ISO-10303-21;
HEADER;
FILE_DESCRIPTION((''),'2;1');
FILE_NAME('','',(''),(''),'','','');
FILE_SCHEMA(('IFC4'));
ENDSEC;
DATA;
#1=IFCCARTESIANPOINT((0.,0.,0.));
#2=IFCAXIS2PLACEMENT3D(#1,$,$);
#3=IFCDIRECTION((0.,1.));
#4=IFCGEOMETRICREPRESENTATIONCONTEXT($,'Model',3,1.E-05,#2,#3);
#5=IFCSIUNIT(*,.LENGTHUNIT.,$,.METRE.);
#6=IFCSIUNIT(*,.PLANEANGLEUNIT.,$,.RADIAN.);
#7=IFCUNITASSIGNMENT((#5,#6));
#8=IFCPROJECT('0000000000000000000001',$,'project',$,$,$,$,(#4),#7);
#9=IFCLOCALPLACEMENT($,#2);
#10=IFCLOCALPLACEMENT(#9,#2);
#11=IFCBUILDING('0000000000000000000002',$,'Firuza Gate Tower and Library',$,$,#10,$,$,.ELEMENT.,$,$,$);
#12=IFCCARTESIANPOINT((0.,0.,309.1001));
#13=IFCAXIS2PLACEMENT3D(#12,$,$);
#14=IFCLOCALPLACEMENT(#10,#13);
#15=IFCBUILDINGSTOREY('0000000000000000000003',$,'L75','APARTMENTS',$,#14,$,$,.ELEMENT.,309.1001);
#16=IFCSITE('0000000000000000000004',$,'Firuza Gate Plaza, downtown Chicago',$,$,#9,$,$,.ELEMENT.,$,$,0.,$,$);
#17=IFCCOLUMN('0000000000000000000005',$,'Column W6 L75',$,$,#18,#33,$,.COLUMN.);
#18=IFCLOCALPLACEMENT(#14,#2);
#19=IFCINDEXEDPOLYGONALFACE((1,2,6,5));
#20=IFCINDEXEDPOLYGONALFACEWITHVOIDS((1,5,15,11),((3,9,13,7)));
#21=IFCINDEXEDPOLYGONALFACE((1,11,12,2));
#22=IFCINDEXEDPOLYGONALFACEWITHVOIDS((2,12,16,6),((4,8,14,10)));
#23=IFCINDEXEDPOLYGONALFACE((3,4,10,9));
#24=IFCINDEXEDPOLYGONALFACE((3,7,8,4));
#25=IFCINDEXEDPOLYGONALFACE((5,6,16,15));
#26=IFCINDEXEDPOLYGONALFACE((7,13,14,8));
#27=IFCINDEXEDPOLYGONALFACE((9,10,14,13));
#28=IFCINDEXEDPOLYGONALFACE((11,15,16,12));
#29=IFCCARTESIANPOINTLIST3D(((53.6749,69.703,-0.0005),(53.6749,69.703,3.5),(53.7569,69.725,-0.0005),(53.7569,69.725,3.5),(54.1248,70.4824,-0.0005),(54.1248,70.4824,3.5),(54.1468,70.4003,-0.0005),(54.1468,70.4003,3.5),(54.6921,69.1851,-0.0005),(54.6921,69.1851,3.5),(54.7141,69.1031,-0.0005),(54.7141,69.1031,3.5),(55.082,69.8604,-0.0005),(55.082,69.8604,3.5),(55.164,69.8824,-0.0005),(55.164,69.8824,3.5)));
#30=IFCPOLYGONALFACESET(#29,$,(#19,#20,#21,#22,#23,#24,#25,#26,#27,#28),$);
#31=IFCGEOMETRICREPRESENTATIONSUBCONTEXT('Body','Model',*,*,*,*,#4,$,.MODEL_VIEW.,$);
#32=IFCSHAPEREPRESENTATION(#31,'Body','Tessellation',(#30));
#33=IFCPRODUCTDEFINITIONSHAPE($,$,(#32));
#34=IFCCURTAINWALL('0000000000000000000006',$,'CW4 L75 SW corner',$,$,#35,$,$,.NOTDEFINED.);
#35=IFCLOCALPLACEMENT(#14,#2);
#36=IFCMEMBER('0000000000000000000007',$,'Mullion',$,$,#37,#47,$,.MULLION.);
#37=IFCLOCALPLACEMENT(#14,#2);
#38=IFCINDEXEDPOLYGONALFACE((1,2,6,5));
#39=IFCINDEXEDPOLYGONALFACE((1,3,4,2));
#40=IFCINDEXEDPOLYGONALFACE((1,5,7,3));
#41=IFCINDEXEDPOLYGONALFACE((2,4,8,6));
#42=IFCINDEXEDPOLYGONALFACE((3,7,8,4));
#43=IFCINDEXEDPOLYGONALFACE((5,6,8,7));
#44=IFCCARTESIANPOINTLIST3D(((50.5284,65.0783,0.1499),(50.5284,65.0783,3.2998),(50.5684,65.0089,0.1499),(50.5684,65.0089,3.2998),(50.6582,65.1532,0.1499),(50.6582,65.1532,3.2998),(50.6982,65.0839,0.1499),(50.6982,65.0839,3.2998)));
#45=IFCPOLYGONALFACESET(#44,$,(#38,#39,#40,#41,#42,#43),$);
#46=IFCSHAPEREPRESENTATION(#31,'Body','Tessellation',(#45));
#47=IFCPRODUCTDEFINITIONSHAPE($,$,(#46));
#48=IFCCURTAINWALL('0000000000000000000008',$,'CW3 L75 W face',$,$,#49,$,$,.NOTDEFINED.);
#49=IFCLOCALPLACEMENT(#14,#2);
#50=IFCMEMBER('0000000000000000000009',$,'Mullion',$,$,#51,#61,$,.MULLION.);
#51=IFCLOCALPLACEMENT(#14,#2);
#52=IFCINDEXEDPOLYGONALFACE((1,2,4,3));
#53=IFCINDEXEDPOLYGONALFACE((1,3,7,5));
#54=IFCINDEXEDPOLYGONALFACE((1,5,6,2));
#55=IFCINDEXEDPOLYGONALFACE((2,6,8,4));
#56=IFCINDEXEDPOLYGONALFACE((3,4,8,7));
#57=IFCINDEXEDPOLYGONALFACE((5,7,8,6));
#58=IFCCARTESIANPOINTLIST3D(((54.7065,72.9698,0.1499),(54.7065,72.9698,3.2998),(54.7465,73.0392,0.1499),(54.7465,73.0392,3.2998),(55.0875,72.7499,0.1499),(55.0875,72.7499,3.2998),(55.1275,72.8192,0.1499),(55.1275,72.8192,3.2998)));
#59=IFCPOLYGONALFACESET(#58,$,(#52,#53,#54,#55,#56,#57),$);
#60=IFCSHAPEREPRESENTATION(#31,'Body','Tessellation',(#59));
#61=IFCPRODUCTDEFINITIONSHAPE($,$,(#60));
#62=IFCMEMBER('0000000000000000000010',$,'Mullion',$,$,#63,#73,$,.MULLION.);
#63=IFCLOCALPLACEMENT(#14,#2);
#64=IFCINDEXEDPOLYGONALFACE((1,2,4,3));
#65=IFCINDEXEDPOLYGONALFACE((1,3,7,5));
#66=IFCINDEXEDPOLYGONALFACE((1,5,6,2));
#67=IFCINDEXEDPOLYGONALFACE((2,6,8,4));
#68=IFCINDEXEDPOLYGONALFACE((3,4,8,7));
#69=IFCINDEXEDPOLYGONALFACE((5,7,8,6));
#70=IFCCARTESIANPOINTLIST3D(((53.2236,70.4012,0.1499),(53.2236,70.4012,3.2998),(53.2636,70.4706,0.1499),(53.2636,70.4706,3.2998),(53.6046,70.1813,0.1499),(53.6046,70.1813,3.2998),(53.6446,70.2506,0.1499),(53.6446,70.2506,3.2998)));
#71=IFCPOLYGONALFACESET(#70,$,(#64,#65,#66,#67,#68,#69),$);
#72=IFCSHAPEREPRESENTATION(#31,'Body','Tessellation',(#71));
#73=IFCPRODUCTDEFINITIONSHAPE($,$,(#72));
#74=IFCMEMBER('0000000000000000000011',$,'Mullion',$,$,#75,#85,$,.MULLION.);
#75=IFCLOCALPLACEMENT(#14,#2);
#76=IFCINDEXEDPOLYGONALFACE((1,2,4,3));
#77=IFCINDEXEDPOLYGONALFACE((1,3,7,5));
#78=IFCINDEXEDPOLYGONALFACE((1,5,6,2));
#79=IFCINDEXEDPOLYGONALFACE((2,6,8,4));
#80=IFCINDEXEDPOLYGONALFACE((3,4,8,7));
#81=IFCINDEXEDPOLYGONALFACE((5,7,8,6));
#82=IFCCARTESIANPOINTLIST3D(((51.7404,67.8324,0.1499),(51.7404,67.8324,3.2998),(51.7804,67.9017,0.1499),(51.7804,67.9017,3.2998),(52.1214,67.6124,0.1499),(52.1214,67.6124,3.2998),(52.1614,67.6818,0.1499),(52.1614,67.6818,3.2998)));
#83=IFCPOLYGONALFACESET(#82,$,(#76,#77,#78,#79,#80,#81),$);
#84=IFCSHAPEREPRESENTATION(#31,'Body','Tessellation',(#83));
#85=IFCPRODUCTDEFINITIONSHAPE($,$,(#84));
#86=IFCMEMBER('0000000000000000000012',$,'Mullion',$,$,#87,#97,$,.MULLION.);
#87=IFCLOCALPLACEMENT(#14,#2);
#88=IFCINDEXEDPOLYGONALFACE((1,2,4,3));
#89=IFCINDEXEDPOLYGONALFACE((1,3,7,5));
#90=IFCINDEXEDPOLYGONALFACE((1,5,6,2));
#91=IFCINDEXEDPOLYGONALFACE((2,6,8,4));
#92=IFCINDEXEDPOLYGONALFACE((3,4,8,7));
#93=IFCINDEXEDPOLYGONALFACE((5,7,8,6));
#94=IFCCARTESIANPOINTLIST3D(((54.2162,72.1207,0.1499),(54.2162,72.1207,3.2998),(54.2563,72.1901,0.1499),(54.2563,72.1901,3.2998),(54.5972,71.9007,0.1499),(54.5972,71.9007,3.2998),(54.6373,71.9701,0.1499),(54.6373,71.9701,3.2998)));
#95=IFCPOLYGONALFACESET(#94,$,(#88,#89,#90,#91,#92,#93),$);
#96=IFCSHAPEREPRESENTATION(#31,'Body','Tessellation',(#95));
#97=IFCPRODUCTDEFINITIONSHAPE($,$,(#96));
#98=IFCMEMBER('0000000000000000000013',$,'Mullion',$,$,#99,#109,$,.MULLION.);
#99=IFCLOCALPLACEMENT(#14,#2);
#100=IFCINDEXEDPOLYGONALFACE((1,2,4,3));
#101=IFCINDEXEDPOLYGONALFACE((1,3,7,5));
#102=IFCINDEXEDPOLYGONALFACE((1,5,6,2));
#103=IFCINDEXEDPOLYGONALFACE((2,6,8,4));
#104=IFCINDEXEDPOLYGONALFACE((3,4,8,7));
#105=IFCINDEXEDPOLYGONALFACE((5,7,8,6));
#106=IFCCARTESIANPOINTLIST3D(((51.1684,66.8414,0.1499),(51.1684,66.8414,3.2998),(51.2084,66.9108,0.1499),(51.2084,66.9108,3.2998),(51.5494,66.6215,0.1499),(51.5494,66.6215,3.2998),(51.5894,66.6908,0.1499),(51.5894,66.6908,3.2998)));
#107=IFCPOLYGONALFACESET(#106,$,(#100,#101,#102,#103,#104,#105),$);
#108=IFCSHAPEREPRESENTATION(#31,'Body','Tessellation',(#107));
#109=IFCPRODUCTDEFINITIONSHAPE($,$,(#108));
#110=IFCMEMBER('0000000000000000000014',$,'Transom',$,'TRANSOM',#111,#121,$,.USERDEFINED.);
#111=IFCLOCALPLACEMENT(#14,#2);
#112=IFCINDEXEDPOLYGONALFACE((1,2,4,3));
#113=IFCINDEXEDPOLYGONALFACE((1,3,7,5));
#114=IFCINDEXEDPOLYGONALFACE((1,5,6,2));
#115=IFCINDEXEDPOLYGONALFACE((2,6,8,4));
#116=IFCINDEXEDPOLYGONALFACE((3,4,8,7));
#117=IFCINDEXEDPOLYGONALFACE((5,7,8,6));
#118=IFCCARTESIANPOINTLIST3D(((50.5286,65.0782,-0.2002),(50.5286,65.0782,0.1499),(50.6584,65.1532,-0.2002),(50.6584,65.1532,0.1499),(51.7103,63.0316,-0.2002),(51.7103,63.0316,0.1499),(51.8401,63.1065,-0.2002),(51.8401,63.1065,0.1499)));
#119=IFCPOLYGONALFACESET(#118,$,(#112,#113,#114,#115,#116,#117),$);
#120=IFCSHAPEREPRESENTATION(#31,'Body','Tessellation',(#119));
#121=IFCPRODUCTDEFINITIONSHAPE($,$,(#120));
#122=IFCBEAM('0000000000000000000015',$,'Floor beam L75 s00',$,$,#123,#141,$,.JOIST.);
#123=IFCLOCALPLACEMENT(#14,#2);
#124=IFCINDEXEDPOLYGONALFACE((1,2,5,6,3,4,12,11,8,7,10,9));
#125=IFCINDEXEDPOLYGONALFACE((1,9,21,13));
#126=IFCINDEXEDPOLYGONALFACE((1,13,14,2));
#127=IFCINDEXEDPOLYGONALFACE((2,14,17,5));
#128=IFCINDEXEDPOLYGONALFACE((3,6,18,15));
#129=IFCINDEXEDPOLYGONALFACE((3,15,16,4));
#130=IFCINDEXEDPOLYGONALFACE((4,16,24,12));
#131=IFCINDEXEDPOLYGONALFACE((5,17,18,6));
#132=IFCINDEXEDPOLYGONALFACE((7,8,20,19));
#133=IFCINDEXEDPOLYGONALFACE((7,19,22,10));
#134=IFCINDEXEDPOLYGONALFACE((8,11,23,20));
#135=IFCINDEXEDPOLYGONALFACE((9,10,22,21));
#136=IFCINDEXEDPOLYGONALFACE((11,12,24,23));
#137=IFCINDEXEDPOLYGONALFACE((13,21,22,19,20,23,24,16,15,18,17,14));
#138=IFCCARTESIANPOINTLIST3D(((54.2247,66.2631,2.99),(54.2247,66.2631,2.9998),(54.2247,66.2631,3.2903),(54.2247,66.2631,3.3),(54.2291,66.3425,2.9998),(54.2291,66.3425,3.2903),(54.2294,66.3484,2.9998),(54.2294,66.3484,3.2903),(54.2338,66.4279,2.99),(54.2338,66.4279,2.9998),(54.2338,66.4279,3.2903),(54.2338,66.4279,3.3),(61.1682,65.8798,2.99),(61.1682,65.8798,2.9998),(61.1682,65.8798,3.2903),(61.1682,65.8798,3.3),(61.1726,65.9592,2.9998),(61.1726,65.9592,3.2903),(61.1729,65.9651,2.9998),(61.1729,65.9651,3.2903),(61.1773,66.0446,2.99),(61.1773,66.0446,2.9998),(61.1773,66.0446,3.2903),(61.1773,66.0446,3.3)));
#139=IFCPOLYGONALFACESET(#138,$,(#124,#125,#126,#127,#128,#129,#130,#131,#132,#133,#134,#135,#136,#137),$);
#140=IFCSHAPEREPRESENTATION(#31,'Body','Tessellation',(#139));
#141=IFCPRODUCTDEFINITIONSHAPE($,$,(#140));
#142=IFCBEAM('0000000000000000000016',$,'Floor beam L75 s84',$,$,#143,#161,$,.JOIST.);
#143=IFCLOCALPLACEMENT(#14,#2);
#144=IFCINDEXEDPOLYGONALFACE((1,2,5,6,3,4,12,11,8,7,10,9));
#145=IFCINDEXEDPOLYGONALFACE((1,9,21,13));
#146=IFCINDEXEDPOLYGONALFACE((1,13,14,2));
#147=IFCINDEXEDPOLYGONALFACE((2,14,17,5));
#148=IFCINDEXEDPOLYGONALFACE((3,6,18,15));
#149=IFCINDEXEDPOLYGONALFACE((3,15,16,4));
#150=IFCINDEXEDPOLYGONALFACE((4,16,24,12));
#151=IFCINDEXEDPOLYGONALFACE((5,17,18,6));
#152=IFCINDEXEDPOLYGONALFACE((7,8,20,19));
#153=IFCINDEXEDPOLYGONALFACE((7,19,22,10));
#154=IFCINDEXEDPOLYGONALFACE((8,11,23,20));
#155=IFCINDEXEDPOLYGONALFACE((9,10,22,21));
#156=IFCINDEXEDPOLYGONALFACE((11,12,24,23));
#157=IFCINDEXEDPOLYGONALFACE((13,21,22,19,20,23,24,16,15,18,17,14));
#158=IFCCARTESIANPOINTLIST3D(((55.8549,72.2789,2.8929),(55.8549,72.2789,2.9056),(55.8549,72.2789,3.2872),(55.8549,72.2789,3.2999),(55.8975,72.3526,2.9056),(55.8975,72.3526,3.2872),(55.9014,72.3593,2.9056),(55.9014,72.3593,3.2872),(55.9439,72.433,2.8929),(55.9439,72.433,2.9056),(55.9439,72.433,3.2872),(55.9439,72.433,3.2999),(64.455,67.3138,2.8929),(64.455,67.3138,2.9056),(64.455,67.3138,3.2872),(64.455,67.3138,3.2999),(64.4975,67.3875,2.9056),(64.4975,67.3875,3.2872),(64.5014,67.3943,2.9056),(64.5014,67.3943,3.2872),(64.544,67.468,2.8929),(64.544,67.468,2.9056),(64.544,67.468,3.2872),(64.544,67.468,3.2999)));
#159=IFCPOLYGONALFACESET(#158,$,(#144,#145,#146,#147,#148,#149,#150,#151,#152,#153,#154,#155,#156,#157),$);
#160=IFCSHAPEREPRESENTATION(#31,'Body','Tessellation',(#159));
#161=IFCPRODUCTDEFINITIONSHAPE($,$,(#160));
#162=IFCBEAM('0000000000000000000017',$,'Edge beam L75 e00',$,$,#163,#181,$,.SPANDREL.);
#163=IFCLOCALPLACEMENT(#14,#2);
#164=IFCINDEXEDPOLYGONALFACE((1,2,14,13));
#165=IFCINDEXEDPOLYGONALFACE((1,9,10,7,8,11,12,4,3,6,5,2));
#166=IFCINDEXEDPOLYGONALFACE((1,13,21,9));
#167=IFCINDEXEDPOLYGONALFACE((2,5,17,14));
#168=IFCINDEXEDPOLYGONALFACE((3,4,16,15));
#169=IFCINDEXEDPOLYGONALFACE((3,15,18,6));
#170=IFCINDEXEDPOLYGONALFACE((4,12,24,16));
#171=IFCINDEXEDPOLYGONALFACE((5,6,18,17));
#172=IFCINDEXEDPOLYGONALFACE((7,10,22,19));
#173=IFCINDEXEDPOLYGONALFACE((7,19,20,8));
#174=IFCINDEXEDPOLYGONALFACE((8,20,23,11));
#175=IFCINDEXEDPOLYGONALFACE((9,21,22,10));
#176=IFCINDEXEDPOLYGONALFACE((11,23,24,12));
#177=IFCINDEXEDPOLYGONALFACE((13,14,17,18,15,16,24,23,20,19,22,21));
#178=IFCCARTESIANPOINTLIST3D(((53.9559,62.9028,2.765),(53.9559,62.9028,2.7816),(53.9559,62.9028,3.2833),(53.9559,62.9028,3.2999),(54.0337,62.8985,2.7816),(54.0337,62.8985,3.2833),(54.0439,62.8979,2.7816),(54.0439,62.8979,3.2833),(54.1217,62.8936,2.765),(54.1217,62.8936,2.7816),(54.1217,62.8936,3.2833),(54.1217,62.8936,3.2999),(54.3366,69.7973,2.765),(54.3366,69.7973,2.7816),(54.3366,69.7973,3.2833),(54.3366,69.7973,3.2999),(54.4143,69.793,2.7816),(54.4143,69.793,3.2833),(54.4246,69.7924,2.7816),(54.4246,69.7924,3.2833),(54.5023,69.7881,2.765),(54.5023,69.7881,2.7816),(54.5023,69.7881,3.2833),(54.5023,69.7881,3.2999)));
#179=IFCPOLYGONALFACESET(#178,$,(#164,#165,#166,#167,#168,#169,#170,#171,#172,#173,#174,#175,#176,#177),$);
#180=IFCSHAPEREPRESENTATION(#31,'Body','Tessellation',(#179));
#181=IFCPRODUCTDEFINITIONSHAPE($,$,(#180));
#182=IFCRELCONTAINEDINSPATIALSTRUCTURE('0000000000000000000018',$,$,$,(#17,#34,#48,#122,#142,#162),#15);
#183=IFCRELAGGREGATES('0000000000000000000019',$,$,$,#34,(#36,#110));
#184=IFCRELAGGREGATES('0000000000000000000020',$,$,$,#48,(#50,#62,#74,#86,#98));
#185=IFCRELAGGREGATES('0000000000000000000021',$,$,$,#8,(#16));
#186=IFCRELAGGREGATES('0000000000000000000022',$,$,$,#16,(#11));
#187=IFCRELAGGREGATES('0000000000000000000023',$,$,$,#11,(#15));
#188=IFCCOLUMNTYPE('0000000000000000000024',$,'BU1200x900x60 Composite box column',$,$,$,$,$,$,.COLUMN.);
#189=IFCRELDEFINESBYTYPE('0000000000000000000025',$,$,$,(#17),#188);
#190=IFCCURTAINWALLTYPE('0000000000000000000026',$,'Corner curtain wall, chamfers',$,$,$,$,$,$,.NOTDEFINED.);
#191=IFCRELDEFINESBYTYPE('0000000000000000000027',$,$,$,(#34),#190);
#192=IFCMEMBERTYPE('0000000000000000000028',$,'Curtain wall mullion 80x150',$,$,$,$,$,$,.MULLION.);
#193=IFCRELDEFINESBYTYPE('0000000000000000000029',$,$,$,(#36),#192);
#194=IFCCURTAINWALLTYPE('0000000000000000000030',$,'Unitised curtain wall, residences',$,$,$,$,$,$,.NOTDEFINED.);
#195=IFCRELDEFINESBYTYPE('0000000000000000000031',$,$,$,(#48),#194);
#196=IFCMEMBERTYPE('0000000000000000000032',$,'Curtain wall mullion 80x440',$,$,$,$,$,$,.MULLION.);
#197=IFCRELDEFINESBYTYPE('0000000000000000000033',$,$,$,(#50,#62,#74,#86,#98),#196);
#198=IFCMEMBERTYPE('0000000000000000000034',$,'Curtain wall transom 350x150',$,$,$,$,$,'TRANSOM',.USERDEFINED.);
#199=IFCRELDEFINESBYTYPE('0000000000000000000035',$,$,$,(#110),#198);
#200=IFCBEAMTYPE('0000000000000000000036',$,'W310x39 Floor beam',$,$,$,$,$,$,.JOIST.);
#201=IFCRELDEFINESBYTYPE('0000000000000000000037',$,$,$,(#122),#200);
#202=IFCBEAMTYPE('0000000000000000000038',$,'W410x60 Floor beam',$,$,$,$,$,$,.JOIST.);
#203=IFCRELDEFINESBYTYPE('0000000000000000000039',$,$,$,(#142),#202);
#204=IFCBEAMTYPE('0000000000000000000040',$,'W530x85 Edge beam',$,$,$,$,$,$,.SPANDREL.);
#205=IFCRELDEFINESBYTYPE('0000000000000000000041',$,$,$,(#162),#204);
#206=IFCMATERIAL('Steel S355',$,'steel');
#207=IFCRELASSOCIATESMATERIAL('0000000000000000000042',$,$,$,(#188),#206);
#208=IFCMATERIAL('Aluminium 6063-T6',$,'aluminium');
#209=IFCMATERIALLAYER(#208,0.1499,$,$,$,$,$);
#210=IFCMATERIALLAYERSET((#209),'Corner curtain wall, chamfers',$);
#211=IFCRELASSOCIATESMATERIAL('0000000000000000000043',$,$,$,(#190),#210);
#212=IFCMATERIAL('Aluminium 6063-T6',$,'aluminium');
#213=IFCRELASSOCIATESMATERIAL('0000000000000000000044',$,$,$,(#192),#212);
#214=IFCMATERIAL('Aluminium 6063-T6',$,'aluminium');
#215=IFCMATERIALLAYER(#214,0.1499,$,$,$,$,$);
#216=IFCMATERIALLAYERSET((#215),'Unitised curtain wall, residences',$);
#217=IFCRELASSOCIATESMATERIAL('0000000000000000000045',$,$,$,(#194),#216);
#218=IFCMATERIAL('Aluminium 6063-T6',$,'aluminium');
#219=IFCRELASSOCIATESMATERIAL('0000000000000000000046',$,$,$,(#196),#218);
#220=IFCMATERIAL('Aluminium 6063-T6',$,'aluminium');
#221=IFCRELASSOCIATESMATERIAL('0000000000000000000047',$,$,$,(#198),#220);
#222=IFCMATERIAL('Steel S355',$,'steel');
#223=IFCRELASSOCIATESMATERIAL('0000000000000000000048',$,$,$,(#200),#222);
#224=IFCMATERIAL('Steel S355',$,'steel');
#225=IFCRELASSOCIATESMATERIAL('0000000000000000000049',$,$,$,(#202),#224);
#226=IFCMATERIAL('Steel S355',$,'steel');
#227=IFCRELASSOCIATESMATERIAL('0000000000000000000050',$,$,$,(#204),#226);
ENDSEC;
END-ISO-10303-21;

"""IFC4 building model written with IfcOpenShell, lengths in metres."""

from ifc_helpers import new_model, si_unit, direction, frame, origin, origin_2d, place, context, subcontext, project, spatial, rectangle, hollow_rectangle, i_section, extrude, material, layer, layer_set, material_profile, profile_set, type_object, element, aggregate, save


model = new_model("IFC4")

# Units and contexts
model_context = context("Model", 3, precision=1e-05, world=origin(), true_north=direction((0.0, 1.0)))
body_context = subcontext(model_context, "Body", "Model", "MODEL_VIEW")
ifc_project = project(units=[si_unit("LENGTHUNIT", "METRE"), si_unit("PLANEANGLEUNIT", "RADIAN")], contexts=[model_context])

# Site, building, storey
site_placement = place(None, origin())
site = spatial("IfcSite", under=ifc_project, at=site_placement, Name="Firuza Gate Plaza, downtown Chicago", CompositionType="ELEMENT", RefElevation=0.0)
building_placement = place(site_placement, origin())
building = spatial("IfcBuilding", under=site, at=building_placement, Name="Firuza Gate Tower and Library", CompositionType="ELEMENT")
storey_placement = place(building_placement, frame((0.0, 0.0, 309.1001)))
storey = spatial("IfcBuildingStorey", under=building, at=storey_placement, Name="L75", Description="APARTMENTS", CompositionType="ELEMENT", Elevation=309.1001)

# Column
ifc_material_1 = material(Name="Steel S355", Category="steel")
ifc_material_profile_1 = material_profile(ifc_material_1, hollow_rectangle(XDim=0.8999, YDim=1.2, WallThickness=0.0601, at=origin_2d()))
ifc_profile_set_1 = profile_set([ifc_material_profile_1], Name="Steel S355")
column_type = type_object("IfcColumnType", Name="BU1200x900x60 Composite box column", PredefinedType="COLUMN", material=ifc_profile_set_1)
column_placement = place(storey_placement, frame((54.4194, 69.7927, -0.0005), z_axis=(0.0, 0.0, 1.0), x_axis=(-0.5, -0.866025, 0.0)))
element("IfcColumn", 1, at=column_placement, inside=storey, type_object=column_type, Name="Column W6 L75", PredefinedType="COLUMN", context=body_context, shape_type="SweptSolid", body=[
    extrude(hollow_rectangle(XDim=0.8999, YDim=1.2, WallThickness=0.0601, at=origin_2d()), origin(), (0.0, 0.0, 1.0), 3.5005),
])

# Curtain wall, member
ifc_material_2 = material(Name="Aluminium 6063-T6", Category="aluminium")
ifc_layer_1 = layer(ifc_material_2, 0.1499)
ifc_layer_set_1 = layer_set([ifc_layer_1], Name="Corner curtain wall, chamfers")
curtain_wall_type_1 = type_object("IfcCurtainWallType", Name="Corner curtain wall, chamfers", PredefinedType="NOTDEFINED", material=ifc_layer_set_1)
placement = place(storey_placement, origin())
curtain_wall_1 = element("IfcCurtainWall", 2, at=placement, inside=storey, type_object=curtain_wall_type_1, Name="CW4 L75 SW corner", PredefinedType="NOTDEFINED")
ifc_material_3 = material(Name="Aluminium 6063-T6", Category="aluminium")
ifc_material_profile_2 = material_profile(ifc_material_3, rectangle(XDim=0.1499, YDim=0.0801, at=origin_2d()))
ifc_profile_set_2 = profile_set([ifc_material_profile_2], Name="Aluminium 6063-T6")
member_type_1 = type_object("IfcMemberType", Name="Curtain wall mullion 80x150", PredefinedType="MULLION", material=ifc_profile_set_2)
member_1_placement = place(storey_placement, frame((50.6133, 65.0811, 0.1499), z_axis=(0.0, 0.0, 1.0), x_axis=(0.866025, 0.5, 0.0)))
member_1 = element("IfcMember", 3, at=member_1_placement, type_object=member_type_1, Name="Mullion", PredefinedType="MULLION", context=body_context, shape_type="SweptSolid", body=[
    extrude(rectangle(XDim=0.1499, YDim=0.0801, at=origin_2d()), origin(), (0.0, 0.0, 1.0), 3.1499),
])

# Curtain wall, members
ifc_material_4 = material(Name="Aluminium 6063-T6", Category="aluminium")
ifc_layer_2 = layer(ifc_material_4, 0.1499)
ifc_layer_set_2 = layer_set([ifc_layer_2], Name="Unitised curtain wall, residences")
curtain_wall_type_2 = type_object("IfcCurtainWallType", Name="Unitised curtain wall, residences", PredefinedType="NOTDEFINED", material=ifc_layer_set_2)
curtain_wall_2 = element("IfcCurtainWall", 4, at=placement, inside=storey, type_object=curtain_wall_type_2, Name="CW3 L75 W face", PredefinedType="NOTDEFINED")
ifc_material_5 = material(Name="Aluminium 6063-T6", Category="aluminium")
ifc_material_profile_3 = material_profile(ifc_material_5, rectangle(XDim=0.4399, YDim=0.0801, at=origin_2d()))
ifc_profile_set_3 = profile_set([ifc_material_profile_3], Name="Aluminium 6063-T6")
member_type_2 = type_object("IfcMemberType", Name="Curtain wall mullion 80x440", PredefinedType="MULLION", material=ifc_profile_set_3)
member_2_placement = place(storey_placement, frame((54.917, 72.8945, 0.1499), z_axis=(0.0, 0.0, 1.0), x_axis=(0.866025, -0.5, 0.0)))
member_2 = element("IfcMember", 5, at=member_2_placement, type_object=member_type_2, Name="Mullion", PredefinedType="MULLION", context=body_context, shape_type="SweptSolid", body=[
    extrude(rectangle(XDim=0.4399, YDim=0.0801, at=origin_2d()), origin(), (0.0, 0.0, 1.0), 3.1499),
])
member_3_placement = place(storey_placement, frame((53.4341, 70.3259, 0.1499), z_axis=(0.0, 0.0, 1.0), x_axis=(0.866025, -0.5, 0.0)))
member_3 = element("IfcMember", 6, at=member_3_placement, type_object=member_type_2, Name="Mullion", PredefinedType="MULLION", context=body_context, shape_type="SweptSolid", body=[
    extrude(rectangle(XDim=0.4399, YDim=0.0801, at=origin_2d()), origin(), (0.0, 0.0, 1.0), 3.1499),
])
member_4_placement = place(storey_placement, frame((51.9509, 67.7571, 0.1499), z_axis=(0.0, 0.0, 1.0), x_axis=(0.866025, -0.5, 0.0)))
member_4 = element("IfcMember", 7, at=member_4_placement, type_object=member_type_2, Name="Mullion", PredefinedType="MULLION", context=body_context, shape_type="SweptSolid", body=[
    extrude(rectangle(XDim=0.4399, YDim=0.0801, at=origin_2d()), origin(), (0.0, 0.0, 1.0), 3.1499),
])
member_5_placement = place(storey_placement, frame((54.4268, 72.0454, 0.1499), z_axis=(0.0, 0.0, 1.0), x_axis=(0.866025, -0.5, 0.0)))
member_5 = element("IfcMember", 8, at=member_5_placement, type_object=member_type_2, Name="Mullion", PredefinedType="MULLION", context=body_context, shape_type="SweptSolid", body=[
    extrude(rectangle(XDim=0.4399, YDim=0.0801, at=origin_2d()), origin(), (0.0, 0.0, 1.0), 3.1499),
])
member_6_placement = place(storey_placement, frame((51.3789, 66.7661, 0.1499), z_axis=(0.0, 0.0, 1.0), x_axis=(0.866025, -0.5, 0.0)))
member_6 = element("IfcMember", 9, at=member_6_placement, type_object=member_type_2, Name="Mullion", PredefinedType="MULLION", context=body_context, shape_type="SweptSolid", body=[
    extrude(rectangle(XDim=0.4399, YDim=0.0801, at=origin_2d()), origin(), (0.0, 0.0, 1.0), 3.1499),
])

# Member
ifc_material_6 = material(Name="Aluminium 6063-T6", Category="aluminium")
ifc_material_profile_4 = material_profile(ifc_material_6, rectangle(XDim=0.1499, YDim=0.3501, at=origin_2d()))
ifc_profile_set_4 = profile_set([ifc_material_profile_4], Name="Aluminium 6063-T6")
member_type_3 = type_object("IfcMemberType", Name="Curtain wall transom 350x150", ElementType="TRANSOM", PredefinedType="USERDEFINED", material=ifc_profile_set_4)
member_7_placement = place(storey_placement, frame((50.5935, 65.1157, -0.0251), z_axis=(0.500006, -0.866022, 0.0), x_axis=(0.866022, 0.500006, 0.0)))
member_7 = element("IfcMember", 10, at=member_7_placement, type_object=member_type_3, Name="Transom", ObjectType="TRANSOM", PredefinedType="USERDEFINED", context=body_context, shape_type="SweptSolid", body=[
    extrude(rectangle(XDim=0.1499, YDim=0.3501, at=origin_2d()), origin(), (0.0, 0.0, 1.0), 2.3633),
])

# Beams
ifc_material_7 = material(Name="Steel S355", Category="steel")
ifc_material_profile_5 = material_profile(ifc_material_7, i_section(OverallWidth=0.165, OverallDepth=0.3101, WebThickness=0.0059, FlangeThickness=0.0098, at=origin_2d()))
ifc_profile_set_5 = profile_set([ifc_material_profile_5], Name="Steel S355")
beam_type_1 = type_object("IfcBeamType", Name="W310x39 Floor beam", PredefinedType="JOIST", material=ifc_profile_set_5)
beam_1_placement = place(storey_placement, frame((54.2292, 66.3455, 3.145), z_axis=(0.99848, -0.055118, 0.0), x_axis=(0.055118, 0.99848, 0.0)))
element("IfcBeam", 11, at=beam_1_placement, inside=storey, type_object=beam_type_1, Name="Floor beam L75 s00", PredefinedType="JOIST", context=body_context, shape_type="SweptSolid", body=[
    extrude(i_section(OverallWidth=0.165, OverallDepth=0.3101, WebThickness=0.0059, FlangeThickness=0.0098, at=origin_2d()), origin(), (0.0, 0.0, 1.0), 6.9541),
])
ifc_material_8 = material(Name="Steel S355", Category="steel")
ifc_material_profile_6 = material_profile(ifc_material_8, i_section(OverallWidth=0.178, OverallDepth=0.407, WebThickness=0.0078, FlangeThickness=0.0127, at=origin_2d()))
ifc_profile_set_6 = profile_set([ifc_material_profile_6], Name="Steel S355")
beam_type_2 = type_object("IfcBeamType", Name="W410x60 Floor beam", PredefinedType="JOIST", material=ifc_profile_set_6)
beam_2_placement = place(storey_placement, frame((55.8994, 72.356, 3.0964), z_axis=(0.866033, -0.499986, 0.0), x_axis=(0.499986, 0.866033, 0.0)))
element("IfcBeam", 12, at=beam_2_placement, inside=storey, type_object=beam_type_2, Name="Floor beam L75 s84", PredefinedType="JOIST", context=body_context, shape_type="SweptSolid", body=[
    extrude(i_section(OverallWidth=0.178, OverallDepth=0.407, WebThickness=0.0078, FlangeThickness=0.0127, at=origin_2d()), origin(), (0.0, 0.0, 1.0), 9.9304),
])
ifc_material_9 = material(Name="Steel S355", Category="steel")
ifc_material_profile_7 = material_profile(ifc_material_9, i_section(OverallWidth=0.166, OverallDepth=0.5349, WebThickness=0.0103, FlangeThickness=0.0166, at=origin_2d()))
ifc_profile_set_7 = profile_set([ifc_material_profile_7], Name="Steel S355")
beam_type_3 = type_object("IfcBeamType", Name="W530x85 Edge beam", PredefinedType="SPANDREL", material=ifc_profile_set_7)
beam_3_placement = place(storey_placement, frame((54.4194, 69.7927, 3.0325), z_axis=(-0.055121, -0.99848, 0.0), x_axis=(0.99848, -0.055121, 0.0)))
element("IfcBeam", 13, at=beam_3_placement, inside=storey, type_object=beam_type_3, Name="Edge beam L75 e00", PredefinedType="SPANDREL", context=body_context, shape_type="SweptSolid", body=[
    extrude(i_section(OverallWidth=0.166, OverallDepth=0.5349, WebThickness=0.0103, FlangeThickness=0.0166, at=origin_2d()), origin(), (0.0, 0.0, 1.0), 6.905),
])

aggregate(curtain_wall_1, [member_1, member_7])
aggregate(curtain_wall_2, [member_2, member_3, member_4, member_5, member_6])

save(model, "model.ifc")
